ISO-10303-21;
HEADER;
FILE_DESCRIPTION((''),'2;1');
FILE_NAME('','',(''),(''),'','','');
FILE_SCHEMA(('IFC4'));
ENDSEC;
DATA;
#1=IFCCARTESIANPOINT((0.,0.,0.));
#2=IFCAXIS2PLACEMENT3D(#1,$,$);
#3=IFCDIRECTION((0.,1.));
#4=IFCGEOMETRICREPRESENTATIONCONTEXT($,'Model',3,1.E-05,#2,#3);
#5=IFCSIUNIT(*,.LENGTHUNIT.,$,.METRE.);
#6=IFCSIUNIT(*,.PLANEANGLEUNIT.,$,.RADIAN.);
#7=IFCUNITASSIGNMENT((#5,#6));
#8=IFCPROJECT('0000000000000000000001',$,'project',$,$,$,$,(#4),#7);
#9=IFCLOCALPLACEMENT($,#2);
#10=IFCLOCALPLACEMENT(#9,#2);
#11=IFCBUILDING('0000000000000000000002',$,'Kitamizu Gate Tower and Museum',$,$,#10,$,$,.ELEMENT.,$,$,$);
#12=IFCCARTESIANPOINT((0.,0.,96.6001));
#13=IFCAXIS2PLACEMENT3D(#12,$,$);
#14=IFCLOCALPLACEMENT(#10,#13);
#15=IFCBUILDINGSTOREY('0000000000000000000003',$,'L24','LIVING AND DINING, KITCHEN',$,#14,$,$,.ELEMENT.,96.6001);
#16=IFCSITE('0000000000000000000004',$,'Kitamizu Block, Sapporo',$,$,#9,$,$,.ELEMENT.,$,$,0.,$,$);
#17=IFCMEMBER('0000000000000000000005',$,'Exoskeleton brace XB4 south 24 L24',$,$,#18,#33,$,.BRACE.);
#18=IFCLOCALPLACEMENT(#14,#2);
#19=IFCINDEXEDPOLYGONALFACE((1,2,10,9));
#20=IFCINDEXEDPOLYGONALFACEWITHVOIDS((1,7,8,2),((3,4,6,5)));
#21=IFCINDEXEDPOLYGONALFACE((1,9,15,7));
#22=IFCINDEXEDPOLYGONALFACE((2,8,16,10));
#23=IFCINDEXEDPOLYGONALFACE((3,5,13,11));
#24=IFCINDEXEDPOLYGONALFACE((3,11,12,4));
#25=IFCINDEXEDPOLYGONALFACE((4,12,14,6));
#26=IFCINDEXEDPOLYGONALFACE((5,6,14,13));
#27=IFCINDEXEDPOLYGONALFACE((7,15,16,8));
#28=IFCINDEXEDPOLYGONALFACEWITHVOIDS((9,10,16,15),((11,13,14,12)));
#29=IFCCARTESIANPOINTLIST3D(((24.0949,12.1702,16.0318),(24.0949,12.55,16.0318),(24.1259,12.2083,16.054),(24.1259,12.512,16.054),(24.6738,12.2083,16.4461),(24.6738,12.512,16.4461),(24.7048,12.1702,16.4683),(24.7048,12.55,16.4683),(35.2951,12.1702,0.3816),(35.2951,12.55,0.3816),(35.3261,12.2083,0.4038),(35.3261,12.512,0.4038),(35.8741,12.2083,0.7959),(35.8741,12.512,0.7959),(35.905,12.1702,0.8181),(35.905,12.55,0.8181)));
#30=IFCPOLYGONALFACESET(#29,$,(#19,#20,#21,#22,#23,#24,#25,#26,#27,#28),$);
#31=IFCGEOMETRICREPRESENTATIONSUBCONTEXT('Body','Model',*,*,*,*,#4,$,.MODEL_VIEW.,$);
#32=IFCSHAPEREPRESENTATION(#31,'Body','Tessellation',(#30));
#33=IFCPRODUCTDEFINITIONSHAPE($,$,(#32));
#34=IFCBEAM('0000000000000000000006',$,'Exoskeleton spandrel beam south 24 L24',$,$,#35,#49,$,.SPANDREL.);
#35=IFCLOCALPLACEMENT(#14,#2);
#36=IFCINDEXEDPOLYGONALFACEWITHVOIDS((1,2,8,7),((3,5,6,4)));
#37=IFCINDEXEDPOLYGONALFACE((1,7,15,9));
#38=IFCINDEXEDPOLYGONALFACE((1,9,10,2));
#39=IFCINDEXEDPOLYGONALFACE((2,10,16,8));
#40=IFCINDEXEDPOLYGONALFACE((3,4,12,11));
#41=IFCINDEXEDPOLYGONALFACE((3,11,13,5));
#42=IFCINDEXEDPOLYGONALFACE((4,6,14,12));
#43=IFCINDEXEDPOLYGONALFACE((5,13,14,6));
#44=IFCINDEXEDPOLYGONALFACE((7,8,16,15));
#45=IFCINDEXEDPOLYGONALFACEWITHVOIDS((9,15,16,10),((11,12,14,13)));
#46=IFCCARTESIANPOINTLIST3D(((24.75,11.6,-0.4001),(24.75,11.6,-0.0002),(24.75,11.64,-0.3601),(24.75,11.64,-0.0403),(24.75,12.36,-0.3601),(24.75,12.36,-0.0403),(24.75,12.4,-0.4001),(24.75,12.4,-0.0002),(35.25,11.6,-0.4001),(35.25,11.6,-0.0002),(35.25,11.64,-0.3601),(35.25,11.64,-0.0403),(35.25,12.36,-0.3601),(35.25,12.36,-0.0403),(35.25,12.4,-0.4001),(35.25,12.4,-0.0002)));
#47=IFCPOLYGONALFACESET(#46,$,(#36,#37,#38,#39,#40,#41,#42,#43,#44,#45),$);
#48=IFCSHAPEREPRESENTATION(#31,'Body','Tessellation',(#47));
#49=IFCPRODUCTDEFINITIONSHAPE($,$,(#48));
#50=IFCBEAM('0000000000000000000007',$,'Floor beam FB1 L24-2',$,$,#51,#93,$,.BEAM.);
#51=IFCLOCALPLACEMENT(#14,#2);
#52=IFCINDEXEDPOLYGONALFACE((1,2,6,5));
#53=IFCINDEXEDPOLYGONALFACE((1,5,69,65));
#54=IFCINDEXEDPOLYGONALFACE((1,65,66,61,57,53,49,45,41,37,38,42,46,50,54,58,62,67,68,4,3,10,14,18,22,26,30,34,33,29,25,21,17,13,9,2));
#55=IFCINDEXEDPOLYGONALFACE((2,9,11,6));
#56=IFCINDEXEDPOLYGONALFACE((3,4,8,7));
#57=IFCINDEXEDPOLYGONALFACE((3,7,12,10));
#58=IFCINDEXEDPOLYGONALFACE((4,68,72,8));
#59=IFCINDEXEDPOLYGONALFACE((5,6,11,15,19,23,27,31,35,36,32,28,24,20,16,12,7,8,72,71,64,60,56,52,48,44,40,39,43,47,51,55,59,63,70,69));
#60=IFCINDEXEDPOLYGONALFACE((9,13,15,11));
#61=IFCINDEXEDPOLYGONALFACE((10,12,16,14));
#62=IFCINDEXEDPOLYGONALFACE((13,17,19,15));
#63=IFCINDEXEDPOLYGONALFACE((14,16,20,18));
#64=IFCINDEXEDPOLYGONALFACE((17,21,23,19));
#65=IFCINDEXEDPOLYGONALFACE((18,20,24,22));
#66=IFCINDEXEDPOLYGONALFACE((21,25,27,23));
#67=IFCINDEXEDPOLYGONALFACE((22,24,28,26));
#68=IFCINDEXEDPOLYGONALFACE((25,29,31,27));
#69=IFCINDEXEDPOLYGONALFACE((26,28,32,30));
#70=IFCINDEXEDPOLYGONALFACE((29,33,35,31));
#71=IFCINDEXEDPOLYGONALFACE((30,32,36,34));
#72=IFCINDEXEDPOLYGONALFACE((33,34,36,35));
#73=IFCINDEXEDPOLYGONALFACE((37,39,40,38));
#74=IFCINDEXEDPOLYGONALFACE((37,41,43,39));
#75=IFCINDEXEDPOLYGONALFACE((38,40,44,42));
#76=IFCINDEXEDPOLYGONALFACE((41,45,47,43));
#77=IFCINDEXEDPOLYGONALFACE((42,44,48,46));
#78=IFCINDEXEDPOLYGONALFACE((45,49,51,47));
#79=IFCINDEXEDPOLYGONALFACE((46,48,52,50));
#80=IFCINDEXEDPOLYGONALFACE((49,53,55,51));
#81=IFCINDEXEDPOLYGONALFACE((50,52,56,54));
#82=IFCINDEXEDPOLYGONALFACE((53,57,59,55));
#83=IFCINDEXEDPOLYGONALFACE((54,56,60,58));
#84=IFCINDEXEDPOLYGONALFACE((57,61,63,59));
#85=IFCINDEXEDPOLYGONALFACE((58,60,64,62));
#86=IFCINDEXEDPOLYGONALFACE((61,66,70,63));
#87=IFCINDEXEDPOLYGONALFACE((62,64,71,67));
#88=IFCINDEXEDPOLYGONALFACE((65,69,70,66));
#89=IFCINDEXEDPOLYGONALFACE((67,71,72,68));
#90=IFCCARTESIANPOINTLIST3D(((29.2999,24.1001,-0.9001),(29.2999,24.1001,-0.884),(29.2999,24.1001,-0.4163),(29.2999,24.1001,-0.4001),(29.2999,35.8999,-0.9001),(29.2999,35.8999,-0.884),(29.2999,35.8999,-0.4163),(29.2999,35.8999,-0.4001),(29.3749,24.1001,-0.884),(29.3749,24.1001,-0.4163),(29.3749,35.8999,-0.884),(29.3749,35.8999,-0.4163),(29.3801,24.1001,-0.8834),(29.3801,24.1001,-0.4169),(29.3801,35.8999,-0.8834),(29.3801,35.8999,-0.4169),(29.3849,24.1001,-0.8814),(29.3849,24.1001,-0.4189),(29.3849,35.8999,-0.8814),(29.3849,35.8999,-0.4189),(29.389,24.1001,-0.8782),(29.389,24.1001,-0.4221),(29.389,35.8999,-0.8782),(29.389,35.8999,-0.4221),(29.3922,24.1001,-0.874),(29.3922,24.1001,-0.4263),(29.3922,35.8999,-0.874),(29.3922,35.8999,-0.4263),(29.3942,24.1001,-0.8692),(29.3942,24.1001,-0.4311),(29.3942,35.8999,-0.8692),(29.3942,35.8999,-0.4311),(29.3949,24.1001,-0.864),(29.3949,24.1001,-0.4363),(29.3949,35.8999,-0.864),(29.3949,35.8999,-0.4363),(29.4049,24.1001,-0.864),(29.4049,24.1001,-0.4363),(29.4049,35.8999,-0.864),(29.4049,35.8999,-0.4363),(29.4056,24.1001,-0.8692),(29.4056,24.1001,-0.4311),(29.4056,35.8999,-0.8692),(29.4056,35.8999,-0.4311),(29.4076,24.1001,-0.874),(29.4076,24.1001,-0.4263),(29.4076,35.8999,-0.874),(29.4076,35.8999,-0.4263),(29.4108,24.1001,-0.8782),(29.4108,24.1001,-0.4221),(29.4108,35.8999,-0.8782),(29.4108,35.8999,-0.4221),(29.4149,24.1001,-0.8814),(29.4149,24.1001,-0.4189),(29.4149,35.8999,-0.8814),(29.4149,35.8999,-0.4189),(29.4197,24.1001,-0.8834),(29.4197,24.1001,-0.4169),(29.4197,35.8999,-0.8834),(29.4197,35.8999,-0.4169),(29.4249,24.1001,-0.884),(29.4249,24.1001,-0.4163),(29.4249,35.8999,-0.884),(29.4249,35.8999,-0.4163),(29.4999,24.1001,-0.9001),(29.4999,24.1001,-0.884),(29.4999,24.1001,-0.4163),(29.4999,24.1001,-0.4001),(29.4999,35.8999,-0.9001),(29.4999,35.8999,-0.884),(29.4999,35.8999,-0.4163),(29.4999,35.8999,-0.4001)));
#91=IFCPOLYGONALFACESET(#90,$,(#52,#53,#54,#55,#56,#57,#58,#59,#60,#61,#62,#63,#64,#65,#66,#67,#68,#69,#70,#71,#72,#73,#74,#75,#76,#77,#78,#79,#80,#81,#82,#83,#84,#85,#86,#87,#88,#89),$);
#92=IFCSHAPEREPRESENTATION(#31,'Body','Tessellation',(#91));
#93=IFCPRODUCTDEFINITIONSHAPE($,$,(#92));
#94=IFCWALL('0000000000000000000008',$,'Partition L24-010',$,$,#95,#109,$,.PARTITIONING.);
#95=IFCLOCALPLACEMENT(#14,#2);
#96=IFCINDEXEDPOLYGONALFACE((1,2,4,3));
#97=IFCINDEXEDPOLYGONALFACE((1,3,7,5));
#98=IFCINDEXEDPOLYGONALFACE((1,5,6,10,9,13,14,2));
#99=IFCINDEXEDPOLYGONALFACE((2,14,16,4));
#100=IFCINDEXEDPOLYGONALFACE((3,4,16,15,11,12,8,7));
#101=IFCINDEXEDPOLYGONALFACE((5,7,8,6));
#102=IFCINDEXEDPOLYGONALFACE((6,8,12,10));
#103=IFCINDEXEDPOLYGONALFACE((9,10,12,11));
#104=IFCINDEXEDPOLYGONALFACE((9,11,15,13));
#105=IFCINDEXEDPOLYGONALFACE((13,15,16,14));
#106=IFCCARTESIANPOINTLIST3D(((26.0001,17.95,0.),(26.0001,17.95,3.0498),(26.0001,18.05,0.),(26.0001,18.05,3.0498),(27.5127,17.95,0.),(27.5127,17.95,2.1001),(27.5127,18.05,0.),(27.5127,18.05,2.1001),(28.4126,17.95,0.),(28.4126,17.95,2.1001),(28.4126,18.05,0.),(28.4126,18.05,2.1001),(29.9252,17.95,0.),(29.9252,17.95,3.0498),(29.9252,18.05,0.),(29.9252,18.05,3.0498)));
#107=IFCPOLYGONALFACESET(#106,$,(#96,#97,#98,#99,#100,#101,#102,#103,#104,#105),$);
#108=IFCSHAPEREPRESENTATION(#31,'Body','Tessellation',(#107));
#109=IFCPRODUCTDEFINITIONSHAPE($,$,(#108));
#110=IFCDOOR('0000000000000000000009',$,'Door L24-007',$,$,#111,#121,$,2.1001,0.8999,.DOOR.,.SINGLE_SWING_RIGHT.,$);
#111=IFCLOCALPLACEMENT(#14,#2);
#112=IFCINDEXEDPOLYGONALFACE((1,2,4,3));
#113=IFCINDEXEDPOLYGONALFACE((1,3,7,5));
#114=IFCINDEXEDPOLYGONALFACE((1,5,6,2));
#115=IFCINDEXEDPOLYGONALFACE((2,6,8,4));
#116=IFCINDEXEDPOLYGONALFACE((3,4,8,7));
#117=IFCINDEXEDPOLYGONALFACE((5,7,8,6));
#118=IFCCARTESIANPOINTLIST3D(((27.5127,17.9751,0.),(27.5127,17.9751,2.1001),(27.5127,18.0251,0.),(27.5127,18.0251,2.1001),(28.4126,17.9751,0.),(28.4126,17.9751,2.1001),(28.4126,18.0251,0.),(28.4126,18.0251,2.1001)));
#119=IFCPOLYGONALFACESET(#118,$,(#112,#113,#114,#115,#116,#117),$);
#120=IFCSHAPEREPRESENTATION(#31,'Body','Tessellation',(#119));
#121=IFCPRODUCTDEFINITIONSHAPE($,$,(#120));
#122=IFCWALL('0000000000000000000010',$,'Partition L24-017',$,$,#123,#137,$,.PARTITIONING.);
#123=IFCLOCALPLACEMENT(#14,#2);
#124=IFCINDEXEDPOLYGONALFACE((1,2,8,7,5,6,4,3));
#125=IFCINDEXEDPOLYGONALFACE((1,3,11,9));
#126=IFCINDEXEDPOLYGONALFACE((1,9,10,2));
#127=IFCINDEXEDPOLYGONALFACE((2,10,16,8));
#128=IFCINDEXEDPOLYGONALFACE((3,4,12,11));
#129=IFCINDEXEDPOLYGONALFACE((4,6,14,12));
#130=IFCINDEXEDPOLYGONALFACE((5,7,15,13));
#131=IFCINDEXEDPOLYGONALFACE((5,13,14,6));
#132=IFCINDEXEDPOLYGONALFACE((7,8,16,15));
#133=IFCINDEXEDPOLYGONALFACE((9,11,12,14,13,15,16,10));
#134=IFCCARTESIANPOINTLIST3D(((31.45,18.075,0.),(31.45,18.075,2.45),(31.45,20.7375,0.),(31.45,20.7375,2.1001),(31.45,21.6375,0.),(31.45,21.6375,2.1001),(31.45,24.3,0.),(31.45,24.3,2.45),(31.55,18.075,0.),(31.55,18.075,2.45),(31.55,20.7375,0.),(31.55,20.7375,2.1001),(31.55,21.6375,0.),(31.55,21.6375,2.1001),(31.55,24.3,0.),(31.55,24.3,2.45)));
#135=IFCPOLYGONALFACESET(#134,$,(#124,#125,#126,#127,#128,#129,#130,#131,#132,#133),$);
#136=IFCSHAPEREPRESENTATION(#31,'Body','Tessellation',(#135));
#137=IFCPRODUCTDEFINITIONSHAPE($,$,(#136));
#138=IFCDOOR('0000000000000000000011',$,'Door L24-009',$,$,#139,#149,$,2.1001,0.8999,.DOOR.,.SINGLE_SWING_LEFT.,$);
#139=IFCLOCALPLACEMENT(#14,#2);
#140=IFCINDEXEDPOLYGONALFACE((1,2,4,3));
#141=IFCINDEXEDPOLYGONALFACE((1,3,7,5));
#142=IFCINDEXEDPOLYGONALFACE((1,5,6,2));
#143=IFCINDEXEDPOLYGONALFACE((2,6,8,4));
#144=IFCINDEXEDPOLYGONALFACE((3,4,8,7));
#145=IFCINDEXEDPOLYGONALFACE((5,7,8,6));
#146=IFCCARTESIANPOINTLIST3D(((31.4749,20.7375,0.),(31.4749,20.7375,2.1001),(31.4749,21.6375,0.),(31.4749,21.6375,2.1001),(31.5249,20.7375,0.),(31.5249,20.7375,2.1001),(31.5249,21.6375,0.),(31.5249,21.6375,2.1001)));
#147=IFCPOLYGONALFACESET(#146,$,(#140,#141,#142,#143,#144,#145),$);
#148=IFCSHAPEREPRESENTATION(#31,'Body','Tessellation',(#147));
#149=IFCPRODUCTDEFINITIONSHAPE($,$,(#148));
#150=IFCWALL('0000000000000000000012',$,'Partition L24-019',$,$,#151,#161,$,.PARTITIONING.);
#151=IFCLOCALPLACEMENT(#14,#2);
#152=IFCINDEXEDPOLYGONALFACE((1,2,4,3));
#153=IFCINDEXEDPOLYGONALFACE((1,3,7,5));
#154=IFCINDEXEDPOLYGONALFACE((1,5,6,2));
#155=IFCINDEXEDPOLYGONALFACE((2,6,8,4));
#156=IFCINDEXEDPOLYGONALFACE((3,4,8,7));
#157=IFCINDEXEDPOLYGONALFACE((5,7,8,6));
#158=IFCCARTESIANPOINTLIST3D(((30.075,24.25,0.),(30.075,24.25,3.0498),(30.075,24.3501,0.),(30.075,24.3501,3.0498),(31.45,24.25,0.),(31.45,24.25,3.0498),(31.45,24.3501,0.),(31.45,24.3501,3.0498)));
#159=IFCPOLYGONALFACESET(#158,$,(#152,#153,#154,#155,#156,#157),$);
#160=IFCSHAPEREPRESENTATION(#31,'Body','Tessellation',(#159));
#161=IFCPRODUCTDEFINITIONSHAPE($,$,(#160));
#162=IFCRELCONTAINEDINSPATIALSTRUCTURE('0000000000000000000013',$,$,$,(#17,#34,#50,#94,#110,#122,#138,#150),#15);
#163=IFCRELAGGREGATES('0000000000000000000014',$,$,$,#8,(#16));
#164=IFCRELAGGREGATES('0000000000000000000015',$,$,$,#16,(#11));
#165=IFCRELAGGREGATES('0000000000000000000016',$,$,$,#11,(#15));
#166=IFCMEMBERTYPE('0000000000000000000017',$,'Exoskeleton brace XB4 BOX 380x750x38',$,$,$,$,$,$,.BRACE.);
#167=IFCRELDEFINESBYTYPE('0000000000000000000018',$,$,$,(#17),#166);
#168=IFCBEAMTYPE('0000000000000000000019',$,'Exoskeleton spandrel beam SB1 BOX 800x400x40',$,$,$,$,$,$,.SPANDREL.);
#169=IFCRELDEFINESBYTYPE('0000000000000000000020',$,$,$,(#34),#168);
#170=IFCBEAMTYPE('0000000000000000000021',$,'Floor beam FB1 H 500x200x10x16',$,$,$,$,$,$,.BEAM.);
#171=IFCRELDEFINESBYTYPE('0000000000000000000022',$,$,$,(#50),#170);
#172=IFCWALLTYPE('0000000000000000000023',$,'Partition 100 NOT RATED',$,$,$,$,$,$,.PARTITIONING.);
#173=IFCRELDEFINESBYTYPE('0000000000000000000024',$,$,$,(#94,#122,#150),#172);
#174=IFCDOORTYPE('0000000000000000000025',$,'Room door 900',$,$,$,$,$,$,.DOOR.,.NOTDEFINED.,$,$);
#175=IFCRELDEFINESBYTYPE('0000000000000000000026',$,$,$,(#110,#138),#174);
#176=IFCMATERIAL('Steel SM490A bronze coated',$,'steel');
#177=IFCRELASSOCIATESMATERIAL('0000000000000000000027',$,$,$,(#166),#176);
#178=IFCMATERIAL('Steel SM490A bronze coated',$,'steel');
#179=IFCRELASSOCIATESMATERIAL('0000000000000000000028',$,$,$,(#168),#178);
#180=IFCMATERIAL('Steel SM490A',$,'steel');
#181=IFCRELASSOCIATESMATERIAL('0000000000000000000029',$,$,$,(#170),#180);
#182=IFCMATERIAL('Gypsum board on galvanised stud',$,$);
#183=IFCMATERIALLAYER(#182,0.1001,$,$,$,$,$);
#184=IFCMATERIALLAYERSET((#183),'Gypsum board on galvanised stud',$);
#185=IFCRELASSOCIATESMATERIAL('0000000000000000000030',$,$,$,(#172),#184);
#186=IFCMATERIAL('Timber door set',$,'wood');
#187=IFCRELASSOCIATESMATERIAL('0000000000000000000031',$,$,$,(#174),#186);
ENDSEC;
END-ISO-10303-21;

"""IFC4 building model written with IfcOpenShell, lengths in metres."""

from ifc_helpers import new_model, si_unit, direction, frame, frame_2d, origin, origin_2d, place, context, subcontext, project, spatial, rectangle, hollow_rectangle, i_section, extrude, material, layer, layer_set, material_profile, profile_set, type_object, element, fill, save


model = new_model("IFC4")

# Units and contexts
model_context = context("Model", 3, precision=1e-05, world=origin(), true_north=direction((0.0, 1.0)))
body_context = subcontext(model_context, "Body", "Model", "MODEL_VIEW")
ifc_project = project(units=[si_unit("LENGTHUNIT", "METRE"), si_unit("PLANEANGLEUNIT", "RADIAN")], contexts=[model_context])

# Site, building, storey
site_placement = place(None, origin())
site = spatial("IfcSite", under=ifc_project, at=site_placement, Name="Kitamizu Block, Sapporo", CompositionType="ELEMENT", RefElevation=0.0)
building_placement = place(site_placement, origin())
building = spatial("IfcBuilding", under=site, at=building_placement, Name="Kitamizu Gate Tower and Museum", CompositionType="ELEMENT")
storey_placement = place(building_placement, frame((0.0, 0.0, 96.6001)))
storey = spatial("IfcBuildingStorey", under=building, at=storey_placement, Name="L24", Description="LIVING AND DINING, KITCHEN", CompositionType="ELEMENT", Elevation=96.6001)

# Member
ifc_material_1 = material(Name="Steel SM490A bronze coated", Category="steel")
ifc_material_profile_1 = material_profile(ifc_material_1, hollow_rectangle(XDim=0.3799, YDim=0.75, WallThickness=0.0381, at=origin_2d()), Name="BOX 380x750x38")
ifc_profile_set_1 = profile_set([ifc_material_profile_1], Name="Steel SM490A bronze coated")
member_type = type_object("IfcMemberType", Name="Exoskeleton brace XB4 BOX 380x750x38", PredefinedType="BRACE", material=ifc_profile_set_1)
member_placement = place(storey_placement, frame((35.6001, 12.3601, 0.5999), z_axis=(-0.581978, 0.0, 0.813204), x_axis=(0.0, -1.0, 0.0)))
element("IfcMember", 1, at=member_placement, inside=storey, type_object=member_type, Name="Exoskeleton brace XB4 south 24 L24", PredefinedType="BRACE", context=body_context, shape_type="SweptSolid", body=[
    extrude(hollow_rectangle(XDim=0.3799, YDim=0.75, WallThickness=0.0381, at=origin_2d()), origin(), (0.0, 0.0, 1.0), 19.2451),
])

# Beams
ifc_material_2 = material(Name="Steel SM490A bronze coated", Category="steel")
ifc_material_profile_2 = material_profile(ifc_material_2, hollow_rectangle(XDim=0.8, YDim=0.3999, WallThickness=0.04, at=origin_2d()), Name="BOX 800x400x40")
ifc_profile_set_2 = profile_set([ifc_material_profile_2], Name="Steel SM490A bronze coated")
beam_type_1 = type_object("IfcBeamType", Name="Exoskeleton spandrel beam SB1 BOX 800x400x40", PredefinedType="SPANDREL", material=ifc_profile_set_2)
beam_1_placement = place(storey_placement, frame((24.75, 12.0, -0.2002), z_axis=(1.0, 0.0, 0.0), x_axis=(0.0, 1.0, 0.0)))
element("IfcBeam", 2, at=beam_1_placement, inside=storey, type_object=beam_type_1, Name="Exoskeleton spandrel beam south 24 L24", PredefinedType="SPANDREL", context=body_context, shape_type="SweptSolid", body=[
    extrude(hollow_rectangle(XDim=0.8, YDim=0.3999, WallThickness=0.04, at=origin_2d()), origin(), (0.0, 0.0, 1.0), 10.5),
])
ifc_material_3 = material(Name="Steel SM490A", Category="steel")
ifc_material_profile_3 = material_profile(ifc_material_3, i_section(OverallWidth=0.2, OverallDepth=0.5, WebThickness=0.01, FlangeThickness=0.0161, FilletRadius=0.02, at=origin_2d()), Name="H-500x200x10x16")
ifc_profile_set_3 = profile_set([ifc_material_profile_3], Name="Steel SM490A")
beam_type_2 = type_object("IfcBeamType", Name="Floor beam FB1 H 500x200x10x16", PredefinedType="BEAM", material=ifc_profile_set_3)
beam_2_placement = place(storey_placement, frame((29.3999, 24.1001, -0.6501), z_axis=(0.0, 1.0, 0.0), x_axis=(-1.0, 0.0, 0.0)))
element("IfcBeam", 3, at=beam_2_placement, inside=storey, type_object=beam_type_2, Name="Floor beam FB1 L24-2", PredefinedType="BEAM", context=body_context, shape_type="SweptSolid", body=[
    extrude(i_section(OverallWidth=0.2, OverallDepth=0.5, WebThickness=0.01, FlangeThickness=0.0161, FilletRadius=0.02, at=origin_2d()), origin(), (0.0, 0.0, 1.0), 11.7998),
])

# Walls, openings, doors
ifc_material_4 = material(Name="Gypsum board on galvanised stud")
ifc_layer_1 = layer(ifc_material_4, 0.1001)
ifc_layer_set_1 = layer_set([ifc_layer_1], Name="Gypsum board on galvanised stud")
wall_type_1 = type_object("IfcWallType", Name="Partition 100 NOT RATED", PredefinedType="PARTITIONING", material=ifc_layer_set_1)
wall_1_placement = place(storey_placement, frame((29.925, 18.0, 0.0), z_axis=(0.0, 0.0, 1.0), x_axis=(-1.0, 0.0, 0.0)))
wall_1 = element("IfcWall", 4, at=wall_1_placement, inside=storey, type_object=wall_type_1, Name="Partition L24-010", PredefinedType="PARTITIONING", context=body_context, shape_type="SweptSolid", body=[
    extrude(rectangle(XDim=3.925, YDim=0.1001, at=frame_2d((1.9624, 0.0))), origin(), (0.0, 0.0, 1.0), 3.0498),
])
opening_1_placement = place(wall_1_placement, frame((1.5125, 0.0, 0.0)))
opening_1 = element("IfcOpeningElement", 5, at=opening_1_placement, cuts=wall_1, PredefinedType="OPENING", context=body_context, shape_type="SweptSolid", body=[
    extrude(rectangle(XDim=0.8999, YDim=2.1001, at=frame_2d((0.45, 1.05))), frame((0.0, 0.0601, 0.0), z_axis=(0.0, -1.0, 0.0), x_axis=(1.0, 0.0, 0.0)), (0.0, 0.0, 1.0), 0.1201),
])
ifc_material_5 = material(Name="Timber door set", Category="wood")
door_type_1 = type_object("IfcDoorType", Name="Room door 900", OperationType="NOTDEFINED", PredefinedType="DOOR", material=ifc_material_5)
door_1_placement = place(opening_1_placement, origin())
door_1 = element("IfcDoor", 6, at=door_1_placement, inside=storey, type_object=door_type_1, Name="Door L24-007", OperationType="SINGLE_SWING_RIGHT", OverallHeight=2.1001, OverallWidth=0.8999, PredefinedType="DOOR", context=body_context, shape_type="SweptSolid", body=[
    extrude(rectangle(XDim=0.8999, YDim=2.1001, at=frame_2d((0.45, 1.05))), frame((0.0, 0.0249, 0.0), z_axis=(0.0, -1.0, 0.0), x_axis=(1.0, 0.0, 0.0)), (0.0, 0.0, 1.0), 0.05),
])
fill(opening_1, door_1)
wall_2_placement = place(storey_placement, frame((31.5, 18.075, 0.0), z_axis=(0.0, 0.0, 1.0), x_axis=(0.0, 1.0, 0.0)))
wall_2 = element("IfcWall", 7, at=wall_2_placement, inside=storey, type_object=wall_type_1, Name="Partition L24-017", PredefinedType="PARTITIONING", context=body_context, shape_type="SweptSolid", body=[
    extrude(rectangle(XDim=6.2251, YDim=0.1001, at=frame_2d((3.1125, 0.0))), origin(), (0.0, 0.0, 1.0), 2.45),
])
opening_2_placement = place(wall_2_placement, frame((2.6626, 0.0, 0.0)))
opening_2 = element("IfcOpeningElement", 8, at=opening_2_placement, cuts=wall_2, PredefinedType="OPENING", context=body_context, shape_type="SweptSolid", body=[
    extrude(rectangle(XDim=0.8999, YDim=2.1001, at=frame_2d((0.45, 1.05))), frame((0.0, 0.0601, 0.0), z_axis=(0.0, -1.0, 0.0), x_axis=(1.0, 0.0, 0.0)), (0.0, 0.0, 1.0), 0.1201),
])
door_2_placement = place(opening_2_placement, frame((0.8999, 0.0, 0.0), x_axis=(-1.0, 0.0, 0.0)))
door_2 = element("IfcDoor", 9, at=door_2_placement, inside=storey, type_object=door_type_1, Name="Door L24-009", OperationType="SINGLE_SWING_LEFT", OverallHeight=2.1001, OverallWidth=0.8999, PredefinedType="DOOR", context=body_context, shape_type="SweptSolid", body=[
    extrude(rectangle(XDim=0.8999, YDim=2.1001, at=frame_2d((0.45, 1.05))), frame((0.0, 0.0249, 0.0), z_axis=(0.0, -1.0, 0.0), x_axis=(1.0, 0.0, 0.0)), (0.0, 0.0, 1.0), 0.05),
])
fill(opening_2, door_2)

# Wall
wall_3_placement = place(storey_placement, frame((31.45, 24.3, 0.0), z_axis=(0.0, 0.0, 1.0), x_axis=(-1.0, 0.0, 0.0)))
element("IfcWall", 10, at=wall_3_placement, inside=storey, type_object=wall_type_1, Name="Partition L24-019", PredefinedType="PARTITIONING", context=body_context, shape_type="SweptSolid", body=[
    extrude(rectangle(XDim=1.375, YDim=0.1001, at=frame_2d((0.6875, 0.0))), origin(), (0.0, 0.0, 1.0), 3.0498),
])

save(model, "model.ifc")
